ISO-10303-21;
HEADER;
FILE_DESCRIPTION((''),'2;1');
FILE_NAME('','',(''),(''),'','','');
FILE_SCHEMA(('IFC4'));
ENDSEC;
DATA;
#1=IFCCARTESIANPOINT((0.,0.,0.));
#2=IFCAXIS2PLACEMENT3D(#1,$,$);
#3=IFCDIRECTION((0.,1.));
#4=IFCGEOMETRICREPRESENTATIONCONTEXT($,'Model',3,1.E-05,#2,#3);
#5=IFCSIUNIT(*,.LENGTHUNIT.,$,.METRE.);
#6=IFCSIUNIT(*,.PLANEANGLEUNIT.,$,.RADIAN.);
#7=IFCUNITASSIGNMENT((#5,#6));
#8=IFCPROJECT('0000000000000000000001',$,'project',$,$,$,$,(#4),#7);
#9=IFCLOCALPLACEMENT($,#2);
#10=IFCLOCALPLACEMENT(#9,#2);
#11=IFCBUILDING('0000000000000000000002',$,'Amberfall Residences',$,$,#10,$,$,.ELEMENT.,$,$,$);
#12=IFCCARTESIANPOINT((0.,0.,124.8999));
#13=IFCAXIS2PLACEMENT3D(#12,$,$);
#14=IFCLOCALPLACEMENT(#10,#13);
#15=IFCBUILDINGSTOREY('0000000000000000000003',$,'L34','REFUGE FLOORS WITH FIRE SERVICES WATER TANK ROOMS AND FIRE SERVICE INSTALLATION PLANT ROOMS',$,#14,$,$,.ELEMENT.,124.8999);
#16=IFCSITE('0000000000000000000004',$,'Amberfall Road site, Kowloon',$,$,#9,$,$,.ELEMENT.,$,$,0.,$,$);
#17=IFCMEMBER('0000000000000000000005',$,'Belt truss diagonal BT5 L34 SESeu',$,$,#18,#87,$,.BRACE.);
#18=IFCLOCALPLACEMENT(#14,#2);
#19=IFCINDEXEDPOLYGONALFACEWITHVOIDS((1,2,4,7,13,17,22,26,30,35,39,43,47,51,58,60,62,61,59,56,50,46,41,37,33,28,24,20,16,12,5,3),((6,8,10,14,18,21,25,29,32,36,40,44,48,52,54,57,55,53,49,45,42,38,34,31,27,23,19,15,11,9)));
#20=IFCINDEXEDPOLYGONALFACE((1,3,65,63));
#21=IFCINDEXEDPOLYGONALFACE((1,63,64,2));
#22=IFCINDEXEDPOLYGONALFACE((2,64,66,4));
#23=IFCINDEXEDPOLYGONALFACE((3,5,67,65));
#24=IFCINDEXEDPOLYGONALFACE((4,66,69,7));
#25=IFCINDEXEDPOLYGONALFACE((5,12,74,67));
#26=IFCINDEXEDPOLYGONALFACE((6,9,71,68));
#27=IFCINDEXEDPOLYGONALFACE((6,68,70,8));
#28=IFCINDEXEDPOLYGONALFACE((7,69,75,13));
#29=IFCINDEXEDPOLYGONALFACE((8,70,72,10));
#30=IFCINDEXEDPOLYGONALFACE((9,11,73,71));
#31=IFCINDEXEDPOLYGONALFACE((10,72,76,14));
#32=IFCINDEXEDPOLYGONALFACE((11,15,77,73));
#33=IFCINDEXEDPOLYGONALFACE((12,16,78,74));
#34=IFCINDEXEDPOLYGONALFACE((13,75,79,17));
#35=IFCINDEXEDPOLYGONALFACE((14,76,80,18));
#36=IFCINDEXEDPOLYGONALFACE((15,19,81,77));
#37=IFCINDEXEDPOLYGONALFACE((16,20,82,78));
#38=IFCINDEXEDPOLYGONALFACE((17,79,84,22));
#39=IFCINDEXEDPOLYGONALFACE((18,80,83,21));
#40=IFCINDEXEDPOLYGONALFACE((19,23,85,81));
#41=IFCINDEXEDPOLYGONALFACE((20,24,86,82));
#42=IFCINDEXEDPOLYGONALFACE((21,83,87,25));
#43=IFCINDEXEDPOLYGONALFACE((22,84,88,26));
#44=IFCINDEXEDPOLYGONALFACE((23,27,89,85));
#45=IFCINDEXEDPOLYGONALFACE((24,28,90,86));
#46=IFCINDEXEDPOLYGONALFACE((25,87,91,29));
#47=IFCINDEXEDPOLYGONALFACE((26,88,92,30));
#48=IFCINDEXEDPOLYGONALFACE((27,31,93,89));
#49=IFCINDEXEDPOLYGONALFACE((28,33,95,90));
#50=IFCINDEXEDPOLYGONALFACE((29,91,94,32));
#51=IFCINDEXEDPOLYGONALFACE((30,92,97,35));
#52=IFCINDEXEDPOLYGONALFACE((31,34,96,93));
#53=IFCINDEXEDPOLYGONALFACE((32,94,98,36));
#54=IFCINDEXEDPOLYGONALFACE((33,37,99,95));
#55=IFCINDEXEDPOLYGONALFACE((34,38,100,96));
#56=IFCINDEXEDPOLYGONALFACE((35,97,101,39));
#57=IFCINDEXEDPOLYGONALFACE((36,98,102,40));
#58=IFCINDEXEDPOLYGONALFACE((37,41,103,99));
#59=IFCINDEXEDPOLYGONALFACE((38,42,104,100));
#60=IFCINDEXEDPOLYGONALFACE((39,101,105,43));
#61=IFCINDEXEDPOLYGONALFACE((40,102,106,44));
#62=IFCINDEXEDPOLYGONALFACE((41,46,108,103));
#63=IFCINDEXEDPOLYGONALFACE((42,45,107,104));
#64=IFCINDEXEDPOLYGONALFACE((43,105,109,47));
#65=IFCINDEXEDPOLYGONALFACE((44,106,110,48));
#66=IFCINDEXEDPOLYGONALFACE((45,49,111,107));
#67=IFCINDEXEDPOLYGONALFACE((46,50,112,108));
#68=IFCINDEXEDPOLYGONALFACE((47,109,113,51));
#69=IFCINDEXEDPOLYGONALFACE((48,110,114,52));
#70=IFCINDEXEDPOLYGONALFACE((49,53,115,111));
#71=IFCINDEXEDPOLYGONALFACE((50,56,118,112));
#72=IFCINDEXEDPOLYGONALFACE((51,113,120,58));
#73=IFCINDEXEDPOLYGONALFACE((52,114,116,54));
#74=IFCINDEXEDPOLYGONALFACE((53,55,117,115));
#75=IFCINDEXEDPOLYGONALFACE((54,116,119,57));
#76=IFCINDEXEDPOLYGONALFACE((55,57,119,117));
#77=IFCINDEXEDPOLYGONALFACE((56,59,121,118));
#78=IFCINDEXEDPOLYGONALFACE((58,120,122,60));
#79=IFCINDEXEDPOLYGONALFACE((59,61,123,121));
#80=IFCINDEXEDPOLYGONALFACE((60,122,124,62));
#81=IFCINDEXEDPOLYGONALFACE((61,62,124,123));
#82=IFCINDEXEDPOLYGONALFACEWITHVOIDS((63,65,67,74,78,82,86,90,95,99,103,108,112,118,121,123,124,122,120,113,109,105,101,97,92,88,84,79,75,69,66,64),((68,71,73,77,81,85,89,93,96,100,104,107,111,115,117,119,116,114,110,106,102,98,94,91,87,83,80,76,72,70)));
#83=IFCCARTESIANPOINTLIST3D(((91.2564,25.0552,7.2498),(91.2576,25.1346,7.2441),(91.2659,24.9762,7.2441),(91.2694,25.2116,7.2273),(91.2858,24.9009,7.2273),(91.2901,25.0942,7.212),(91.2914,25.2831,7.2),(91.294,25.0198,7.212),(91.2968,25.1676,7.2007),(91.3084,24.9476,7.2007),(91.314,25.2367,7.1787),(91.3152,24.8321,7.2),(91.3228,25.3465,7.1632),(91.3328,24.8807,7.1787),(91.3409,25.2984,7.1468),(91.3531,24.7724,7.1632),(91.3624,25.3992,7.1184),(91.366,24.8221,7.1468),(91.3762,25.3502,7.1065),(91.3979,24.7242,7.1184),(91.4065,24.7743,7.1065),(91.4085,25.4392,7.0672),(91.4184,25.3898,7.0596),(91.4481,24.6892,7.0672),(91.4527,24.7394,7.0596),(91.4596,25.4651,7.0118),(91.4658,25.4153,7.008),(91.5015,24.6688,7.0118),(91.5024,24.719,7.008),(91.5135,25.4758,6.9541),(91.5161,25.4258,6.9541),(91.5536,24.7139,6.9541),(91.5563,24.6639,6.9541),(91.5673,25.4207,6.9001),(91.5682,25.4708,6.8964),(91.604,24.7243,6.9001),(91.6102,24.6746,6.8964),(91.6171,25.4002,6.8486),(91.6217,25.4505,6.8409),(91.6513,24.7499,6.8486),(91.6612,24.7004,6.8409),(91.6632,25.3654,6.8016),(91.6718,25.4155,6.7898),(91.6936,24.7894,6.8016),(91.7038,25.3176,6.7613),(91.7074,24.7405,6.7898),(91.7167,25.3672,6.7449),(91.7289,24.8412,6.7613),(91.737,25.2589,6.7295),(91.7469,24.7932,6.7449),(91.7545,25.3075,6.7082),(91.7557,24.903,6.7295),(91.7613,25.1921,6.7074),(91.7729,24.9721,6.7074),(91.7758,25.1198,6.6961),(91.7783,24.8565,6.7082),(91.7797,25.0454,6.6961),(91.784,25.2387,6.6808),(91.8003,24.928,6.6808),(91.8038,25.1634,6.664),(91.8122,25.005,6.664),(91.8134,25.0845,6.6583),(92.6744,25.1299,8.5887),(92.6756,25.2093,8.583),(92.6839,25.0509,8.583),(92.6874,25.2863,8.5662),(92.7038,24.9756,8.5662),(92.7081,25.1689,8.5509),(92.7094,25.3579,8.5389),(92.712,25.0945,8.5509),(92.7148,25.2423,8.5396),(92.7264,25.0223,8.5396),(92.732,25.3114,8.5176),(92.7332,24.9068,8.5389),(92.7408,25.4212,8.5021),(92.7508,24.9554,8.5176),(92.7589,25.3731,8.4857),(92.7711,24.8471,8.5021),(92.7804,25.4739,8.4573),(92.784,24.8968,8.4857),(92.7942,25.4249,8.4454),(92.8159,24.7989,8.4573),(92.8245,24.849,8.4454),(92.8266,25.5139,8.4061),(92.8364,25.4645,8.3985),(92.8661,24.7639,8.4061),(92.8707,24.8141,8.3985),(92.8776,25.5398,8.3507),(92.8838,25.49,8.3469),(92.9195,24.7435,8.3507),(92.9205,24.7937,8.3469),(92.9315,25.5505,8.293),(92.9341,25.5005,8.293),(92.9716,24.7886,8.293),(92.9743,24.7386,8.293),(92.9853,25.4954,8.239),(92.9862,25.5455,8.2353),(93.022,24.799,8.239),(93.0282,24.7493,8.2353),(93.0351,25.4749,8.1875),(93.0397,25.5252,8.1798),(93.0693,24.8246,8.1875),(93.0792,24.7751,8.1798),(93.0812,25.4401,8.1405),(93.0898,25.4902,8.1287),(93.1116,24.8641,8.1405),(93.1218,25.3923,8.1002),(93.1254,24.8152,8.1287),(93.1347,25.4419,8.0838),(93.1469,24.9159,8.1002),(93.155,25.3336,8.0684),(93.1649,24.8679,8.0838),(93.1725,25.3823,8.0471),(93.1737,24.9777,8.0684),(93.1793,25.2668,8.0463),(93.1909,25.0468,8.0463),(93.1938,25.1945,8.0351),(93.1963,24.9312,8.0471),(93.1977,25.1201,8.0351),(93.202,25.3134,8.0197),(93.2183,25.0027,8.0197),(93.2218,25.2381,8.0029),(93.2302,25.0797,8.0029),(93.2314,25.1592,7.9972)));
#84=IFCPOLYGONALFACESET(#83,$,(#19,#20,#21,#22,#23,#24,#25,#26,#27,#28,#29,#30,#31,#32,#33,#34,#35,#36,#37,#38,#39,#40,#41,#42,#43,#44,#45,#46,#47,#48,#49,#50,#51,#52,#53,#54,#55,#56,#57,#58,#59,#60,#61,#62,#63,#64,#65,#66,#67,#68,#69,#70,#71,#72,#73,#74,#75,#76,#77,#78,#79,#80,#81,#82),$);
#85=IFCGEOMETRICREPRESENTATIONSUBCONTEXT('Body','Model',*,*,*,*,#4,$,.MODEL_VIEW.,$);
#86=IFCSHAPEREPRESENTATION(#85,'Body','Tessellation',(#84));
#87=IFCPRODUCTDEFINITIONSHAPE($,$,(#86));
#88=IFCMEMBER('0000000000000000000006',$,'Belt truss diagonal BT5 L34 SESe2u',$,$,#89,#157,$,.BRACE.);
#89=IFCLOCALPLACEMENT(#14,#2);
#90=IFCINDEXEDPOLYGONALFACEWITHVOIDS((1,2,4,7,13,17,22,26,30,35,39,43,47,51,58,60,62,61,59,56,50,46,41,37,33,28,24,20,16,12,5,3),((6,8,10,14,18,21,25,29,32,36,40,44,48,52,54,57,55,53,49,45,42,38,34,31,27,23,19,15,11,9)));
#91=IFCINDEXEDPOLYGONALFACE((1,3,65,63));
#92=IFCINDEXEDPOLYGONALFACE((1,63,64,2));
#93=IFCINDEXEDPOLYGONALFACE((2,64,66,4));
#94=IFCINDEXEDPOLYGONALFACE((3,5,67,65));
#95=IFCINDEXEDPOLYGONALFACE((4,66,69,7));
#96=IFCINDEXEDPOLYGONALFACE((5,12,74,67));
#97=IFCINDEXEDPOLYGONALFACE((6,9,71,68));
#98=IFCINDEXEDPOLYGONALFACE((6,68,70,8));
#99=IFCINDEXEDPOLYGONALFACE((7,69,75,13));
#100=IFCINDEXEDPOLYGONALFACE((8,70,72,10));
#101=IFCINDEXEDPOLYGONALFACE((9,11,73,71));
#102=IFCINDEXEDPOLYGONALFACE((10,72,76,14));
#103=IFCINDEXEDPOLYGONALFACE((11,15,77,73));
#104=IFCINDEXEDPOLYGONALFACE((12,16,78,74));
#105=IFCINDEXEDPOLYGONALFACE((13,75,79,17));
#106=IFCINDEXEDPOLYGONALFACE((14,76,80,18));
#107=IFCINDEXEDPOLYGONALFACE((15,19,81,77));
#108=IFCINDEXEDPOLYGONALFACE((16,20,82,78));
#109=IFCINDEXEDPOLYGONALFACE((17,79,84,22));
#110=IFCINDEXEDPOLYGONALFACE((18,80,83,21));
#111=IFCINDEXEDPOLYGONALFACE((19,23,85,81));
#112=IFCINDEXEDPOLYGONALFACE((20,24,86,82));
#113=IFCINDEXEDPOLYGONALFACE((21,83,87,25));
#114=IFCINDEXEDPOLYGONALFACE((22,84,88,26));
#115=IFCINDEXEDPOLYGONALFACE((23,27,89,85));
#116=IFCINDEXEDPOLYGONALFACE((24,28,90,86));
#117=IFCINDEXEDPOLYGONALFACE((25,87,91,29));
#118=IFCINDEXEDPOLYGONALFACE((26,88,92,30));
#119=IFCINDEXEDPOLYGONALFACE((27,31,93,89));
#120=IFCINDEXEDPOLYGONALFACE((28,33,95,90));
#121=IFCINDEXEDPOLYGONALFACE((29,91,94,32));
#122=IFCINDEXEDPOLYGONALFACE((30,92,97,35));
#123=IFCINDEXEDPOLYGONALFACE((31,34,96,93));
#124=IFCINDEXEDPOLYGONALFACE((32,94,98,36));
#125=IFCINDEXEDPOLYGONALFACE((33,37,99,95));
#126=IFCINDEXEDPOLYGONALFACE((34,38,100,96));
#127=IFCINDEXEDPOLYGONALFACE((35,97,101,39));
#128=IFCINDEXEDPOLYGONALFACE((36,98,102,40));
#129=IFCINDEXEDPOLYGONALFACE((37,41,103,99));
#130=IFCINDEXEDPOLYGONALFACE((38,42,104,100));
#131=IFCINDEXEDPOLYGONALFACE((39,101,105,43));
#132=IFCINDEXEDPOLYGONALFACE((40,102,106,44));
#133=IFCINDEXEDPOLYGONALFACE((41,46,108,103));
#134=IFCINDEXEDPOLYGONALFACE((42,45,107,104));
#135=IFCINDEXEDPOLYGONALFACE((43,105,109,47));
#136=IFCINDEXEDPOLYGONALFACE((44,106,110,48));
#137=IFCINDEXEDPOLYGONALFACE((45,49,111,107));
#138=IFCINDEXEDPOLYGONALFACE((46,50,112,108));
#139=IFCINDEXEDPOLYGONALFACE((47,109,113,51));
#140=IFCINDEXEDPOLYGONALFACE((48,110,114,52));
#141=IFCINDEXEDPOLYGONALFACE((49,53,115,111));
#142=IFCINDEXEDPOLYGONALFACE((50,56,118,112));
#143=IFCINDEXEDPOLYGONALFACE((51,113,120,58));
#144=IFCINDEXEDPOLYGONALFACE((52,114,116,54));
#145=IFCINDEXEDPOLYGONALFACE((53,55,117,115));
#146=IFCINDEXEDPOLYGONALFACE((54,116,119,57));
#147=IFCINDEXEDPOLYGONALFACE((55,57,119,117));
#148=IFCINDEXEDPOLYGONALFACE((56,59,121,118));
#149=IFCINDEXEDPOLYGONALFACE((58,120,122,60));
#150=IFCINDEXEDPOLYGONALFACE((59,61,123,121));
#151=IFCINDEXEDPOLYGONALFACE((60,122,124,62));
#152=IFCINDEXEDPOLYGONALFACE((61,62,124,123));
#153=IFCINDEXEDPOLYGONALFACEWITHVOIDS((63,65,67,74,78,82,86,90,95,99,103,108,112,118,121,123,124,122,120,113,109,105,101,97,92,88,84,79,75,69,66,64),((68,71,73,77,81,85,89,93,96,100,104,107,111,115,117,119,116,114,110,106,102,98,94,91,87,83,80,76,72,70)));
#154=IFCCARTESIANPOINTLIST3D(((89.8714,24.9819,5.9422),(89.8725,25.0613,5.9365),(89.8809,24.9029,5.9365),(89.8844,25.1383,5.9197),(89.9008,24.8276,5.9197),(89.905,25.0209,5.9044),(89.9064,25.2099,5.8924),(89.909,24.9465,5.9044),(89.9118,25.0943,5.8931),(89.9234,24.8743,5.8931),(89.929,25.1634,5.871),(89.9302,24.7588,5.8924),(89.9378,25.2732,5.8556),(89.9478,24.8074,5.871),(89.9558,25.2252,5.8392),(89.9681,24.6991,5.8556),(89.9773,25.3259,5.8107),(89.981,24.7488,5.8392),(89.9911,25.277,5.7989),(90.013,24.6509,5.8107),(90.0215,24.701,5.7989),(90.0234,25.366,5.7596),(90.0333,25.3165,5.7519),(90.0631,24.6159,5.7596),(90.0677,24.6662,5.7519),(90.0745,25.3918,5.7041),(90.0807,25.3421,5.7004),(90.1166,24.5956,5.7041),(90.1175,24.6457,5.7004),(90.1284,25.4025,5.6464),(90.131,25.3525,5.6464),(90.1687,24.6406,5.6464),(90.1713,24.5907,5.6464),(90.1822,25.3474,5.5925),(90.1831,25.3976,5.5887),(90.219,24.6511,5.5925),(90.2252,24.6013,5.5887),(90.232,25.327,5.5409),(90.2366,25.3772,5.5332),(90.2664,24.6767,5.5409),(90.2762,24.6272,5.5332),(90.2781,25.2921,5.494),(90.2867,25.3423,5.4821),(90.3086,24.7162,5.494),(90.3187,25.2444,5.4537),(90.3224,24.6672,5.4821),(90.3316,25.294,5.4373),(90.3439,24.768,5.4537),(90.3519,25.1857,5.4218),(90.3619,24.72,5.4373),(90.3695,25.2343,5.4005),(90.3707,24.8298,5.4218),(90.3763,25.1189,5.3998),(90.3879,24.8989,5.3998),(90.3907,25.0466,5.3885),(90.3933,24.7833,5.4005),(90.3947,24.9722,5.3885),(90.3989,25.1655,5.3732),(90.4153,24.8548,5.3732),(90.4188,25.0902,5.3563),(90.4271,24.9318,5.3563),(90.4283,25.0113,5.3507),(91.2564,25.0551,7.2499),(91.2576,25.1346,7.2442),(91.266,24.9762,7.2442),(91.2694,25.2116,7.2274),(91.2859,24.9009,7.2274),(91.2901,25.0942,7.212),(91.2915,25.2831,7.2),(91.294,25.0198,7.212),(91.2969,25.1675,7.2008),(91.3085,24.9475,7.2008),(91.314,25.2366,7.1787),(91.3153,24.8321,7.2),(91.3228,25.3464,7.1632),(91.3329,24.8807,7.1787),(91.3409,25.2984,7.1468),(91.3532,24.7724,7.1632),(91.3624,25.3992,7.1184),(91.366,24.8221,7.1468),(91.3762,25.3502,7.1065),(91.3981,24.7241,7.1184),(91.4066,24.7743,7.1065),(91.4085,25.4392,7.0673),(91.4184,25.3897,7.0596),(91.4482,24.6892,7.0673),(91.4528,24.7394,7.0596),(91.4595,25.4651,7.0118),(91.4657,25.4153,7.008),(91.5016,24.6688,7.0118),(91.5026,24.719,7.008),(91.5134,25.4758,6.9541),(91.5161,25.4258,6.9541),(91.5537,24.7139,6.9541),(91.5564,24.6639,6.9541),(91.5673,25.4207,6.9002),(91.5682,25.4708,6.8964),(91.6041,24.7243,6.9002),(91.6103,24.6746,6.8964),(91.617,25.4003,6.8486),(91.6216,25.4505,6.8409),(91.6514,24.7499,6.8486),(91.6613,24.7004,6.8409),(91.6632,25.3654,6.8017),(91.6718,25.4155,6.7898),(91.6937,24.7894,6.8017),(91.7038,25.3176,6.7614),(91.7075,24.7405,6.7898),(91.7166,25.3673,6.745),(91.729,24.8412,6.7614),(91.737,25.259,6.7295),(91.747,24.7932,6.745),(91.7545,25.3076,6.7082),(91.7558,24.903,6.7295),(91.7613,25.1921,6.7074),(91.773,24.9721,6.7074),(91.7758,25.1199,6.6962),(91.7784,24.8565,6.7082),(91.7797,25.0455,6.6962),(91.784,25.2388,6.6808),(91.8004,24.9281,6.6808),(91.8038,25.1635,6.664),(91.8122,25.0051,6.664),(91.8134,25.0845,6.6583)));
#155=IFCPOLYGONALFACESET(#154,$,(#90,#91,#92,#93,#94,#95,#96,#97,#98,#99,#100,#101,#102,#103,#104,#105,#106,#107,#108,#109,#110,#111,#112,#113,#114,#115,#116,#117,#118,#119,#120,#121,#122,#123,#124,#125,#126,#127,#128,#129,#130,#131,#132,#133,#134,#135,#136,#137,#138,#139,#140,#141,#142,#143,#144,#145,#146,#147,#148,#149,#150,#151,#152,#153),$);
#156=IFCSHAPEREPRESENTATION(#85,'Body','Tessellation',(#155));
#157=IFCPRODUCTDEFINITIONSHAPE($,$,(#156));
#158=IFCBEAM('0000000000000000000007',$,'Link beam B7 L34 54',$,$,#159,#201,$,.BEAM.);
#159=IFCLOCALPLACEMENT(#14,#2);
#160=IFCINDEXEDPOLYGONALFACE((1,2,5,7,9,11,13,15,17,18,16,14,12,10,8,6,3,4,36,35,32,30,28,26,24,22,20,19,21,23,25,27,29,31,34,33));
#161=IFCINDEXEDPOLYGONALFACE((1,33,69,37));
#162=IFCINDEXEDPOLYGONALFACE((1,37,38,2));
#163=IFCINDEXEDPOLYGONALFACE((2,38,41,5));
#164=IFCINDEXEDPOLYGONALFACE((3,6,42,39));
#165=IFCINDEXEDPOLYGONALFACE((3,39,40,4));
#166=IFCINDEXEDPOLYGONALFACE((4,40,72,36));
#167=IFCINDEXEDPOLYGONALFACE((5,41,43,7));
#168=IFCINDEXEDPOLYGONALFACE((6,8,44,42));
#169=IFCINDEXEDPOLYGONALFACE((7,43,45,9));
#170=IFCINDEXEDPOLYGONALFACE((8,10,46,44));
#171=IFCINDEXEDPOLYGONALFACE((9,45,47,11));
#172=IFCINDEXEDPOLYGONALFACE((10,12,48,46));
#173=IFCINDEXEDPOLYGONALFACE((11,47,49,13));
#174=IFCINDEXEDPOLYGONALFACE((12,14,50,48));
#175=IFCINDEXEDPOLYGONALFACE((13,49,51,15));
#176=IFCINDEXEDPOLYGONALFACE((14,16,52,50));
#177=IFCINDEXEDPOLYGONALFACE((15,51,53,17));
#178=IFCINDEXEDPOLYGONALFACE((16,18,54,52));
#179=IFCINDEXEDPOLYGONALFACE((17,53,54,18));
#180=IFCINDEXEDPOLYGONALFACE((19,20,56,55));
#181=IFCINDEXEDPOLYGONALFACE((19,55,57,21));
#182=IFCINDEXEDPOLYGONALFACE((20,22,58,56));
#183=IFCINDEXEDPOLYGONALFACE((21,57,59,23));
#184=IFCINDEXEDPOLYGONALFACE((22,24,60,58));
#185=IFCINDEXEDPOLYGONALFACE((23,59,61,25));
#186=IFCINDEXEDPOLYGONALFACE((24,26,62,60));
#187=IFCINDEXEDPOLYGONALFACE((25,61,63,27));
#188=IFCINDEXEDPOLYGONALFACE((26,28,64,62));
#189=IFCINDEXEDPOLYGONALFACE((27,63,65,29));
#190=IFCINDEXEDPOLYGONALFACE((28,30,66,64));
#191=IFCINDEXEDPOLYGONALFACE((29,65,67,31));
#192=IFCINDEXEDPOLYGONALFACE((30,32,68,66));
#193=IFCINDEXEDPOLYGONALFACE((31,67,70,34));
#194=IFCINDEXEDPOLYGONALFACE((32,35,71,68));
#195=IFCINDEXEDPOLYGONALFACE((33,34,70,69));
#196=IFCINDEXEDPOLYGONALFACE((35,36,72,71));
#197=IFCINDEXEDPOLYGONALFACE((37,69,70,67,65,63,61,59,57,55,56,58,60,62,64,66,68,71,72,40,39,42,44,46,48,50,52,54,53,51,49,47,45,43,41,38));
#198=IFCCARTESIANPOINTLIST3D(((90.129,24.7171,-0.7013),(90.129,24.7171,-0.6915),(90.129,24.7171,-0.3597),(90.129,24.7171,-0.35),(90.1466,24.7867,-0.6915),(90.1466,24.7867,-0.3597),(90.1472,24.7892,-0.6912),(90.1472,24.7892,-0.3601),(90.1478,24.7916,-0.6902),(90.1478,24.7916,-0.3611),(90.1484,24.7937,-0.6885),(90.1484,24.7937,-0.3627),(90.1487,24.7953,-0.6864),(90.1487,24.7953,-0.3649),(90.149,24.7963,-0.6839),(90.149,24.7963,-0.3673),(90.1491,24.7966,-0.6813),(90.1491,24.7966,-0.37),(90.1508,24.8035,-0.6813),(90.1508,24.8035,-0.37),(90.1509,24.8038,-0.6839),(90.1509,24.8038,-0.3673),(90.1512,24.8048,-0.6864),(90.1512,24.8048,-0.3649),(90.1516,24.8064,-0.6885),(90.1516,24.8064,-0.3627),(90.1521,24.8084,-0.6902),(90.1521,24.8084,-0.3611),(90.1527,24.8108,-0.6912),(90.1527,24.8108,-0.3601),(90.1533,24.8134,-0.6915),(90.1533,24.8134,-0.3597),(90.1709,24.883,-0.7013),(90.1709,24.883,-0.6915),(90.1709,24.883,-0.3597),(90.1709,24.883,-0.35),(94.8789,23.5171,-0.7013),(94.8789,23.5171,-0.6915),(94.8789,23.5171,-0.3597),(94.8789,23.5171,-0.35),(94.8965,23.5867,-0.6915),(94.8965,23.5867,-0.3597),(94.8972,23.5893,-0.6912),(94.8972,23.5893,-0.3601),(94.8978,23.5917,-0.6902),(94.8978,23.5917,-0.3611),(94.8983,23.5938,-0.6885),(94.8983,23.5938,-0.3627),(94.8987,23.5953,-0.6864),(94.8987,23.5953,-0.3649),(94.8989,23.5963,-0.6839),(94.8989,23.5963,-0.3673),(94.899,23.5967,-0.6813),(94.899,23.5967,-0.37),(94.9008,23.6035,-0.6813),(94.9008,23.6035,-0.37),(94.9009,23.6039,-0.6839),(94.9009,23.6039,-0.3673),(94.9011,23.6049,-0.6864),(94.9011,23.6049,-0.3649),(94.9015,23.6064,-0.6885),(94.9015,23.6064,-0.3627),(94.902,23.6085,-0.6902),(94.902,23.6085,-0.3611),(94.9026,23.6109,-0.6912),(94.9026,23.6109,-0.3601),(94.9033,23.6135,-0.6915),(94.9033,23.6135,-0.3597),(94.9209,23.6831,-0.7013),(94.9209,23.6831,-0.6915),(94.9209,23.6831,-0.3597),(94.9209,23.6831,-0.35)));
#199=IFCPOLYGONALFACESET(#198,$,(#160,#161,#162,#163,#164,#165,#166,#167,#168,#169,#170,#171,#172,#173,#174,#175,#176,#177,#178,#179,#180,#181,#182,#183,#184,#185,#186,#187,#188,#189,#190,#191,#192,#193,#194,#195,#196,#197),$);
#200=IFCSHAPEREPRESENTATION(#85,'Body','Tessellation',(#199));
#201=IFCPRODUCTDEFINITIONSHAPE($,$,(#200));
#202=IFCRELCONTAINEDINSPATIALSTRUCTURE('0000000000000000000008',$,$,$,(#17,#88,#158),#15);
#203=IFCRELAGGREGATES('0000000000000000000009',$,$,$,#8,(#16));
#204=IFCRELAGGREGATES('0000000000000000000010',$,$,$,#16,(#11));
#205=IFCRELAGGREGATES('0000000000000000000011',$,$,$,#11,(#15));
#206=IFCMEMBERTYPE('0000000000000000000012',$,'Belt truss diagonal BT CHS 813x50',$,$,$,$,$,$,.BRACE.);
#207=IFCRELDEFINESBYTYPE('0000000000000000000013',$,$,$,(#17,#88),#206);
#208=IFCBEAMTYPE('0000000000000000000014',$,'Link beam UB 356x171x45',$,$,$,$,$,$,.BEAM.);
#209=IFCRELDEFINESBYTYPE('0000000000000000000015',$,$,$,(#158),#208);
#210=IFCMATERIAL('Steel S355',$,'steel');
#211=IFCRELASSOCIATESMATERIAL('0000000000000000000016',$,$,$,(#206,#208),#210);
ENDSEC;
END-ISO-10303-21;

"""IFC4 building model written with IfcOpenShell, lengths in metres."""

from ifc_helpers import new_model, si_unit, direction, frame, origin, origin_2d, place, context, subcontext, project, spatial, hollow_circle, i_section, extrude, material, material_profile, profile_set, type_object, element, save


model = new_model("IFC4")

# Units and contexts
model_context = context("Model", 3, precision=1e-05, world=origin(), true_north=direction((0.0, 1.0)))
body_context = subcontext(model_context, "Body", "Model", "MODEL_VIEW")
ifc_project = project(units=[si_unit("LENGTHUNIT", "METRE"), si_unit("PLANEANGLEUNIT", "RADIAN")], contexts=[model_context])

# Site, building, storey
site_placement = place(None, origin())
site = spatial("IfcSite", under=ifc_project, at=site_placement, Name="Amberfall Road site, Kowloon", CompositionType="ELEMENT", RefElevation=0.0)
building_placement = place(site_placement, origin())
building = spatial("IfcBuilding", under=site, at=building_placement, Name="Amberfall Residences", CompositionType="ELEMENT")
storey_placement = place(building_placement, frame((0.0, 0.0, 124.8999)))
storey = spatial("IfcBuildingStorey", under=building, at=storey_placement, Name="L34", Description="REFUGE FLOORS WITH FIRE SERVICES WATER TANK ROOMS AND FIRE SERVICE INSTALLATION PLANT ROOMS", CompositionType="ELEMENT", Elevation=124.8999)

# Shared definitions
ifc_material_1 = material(Name="Steel S355", Category="steel")

# Members
ifc_material_profile_1 = material_profile(ifc_material_1, hollow_circle(Radius=0.4065, WallThickness=0.05, at=origin_2d()), Name="CHS 813x50")
ifc_profile_set_1 = profile_set([ifc_material_profile_1], Name="Steel S355")
member_type = type_object("IfcMemberType", Name="Belt truss diagonal BT CHS 813x50", PredefinedType="BRACE", material=ifc_profile_set_1)
member_1_placement = place(storey_placement, frame((92.9529, 25.1445, 8.293), z_axis=(-0.726564, -0.03828, -0.686032), x_axis=(0.052613, -0.998615, 0.0)))
element("IfcMember", 1, at=member_1_placement, inside=storey, type_object=member_type, Name="Belt truss diagonal BT5 L34 SESeu", PredefinedType="BRACE", context=body_context, shape_type="SweptSolid", body=[
    extrude(hollow_circle(Radius=0.4065, WallThickness=0.05, at=origin_2d()), origin(), (0.0, 0.0, 1.0), 1.9517),
])
member_2_placement = place(storey_placement, frame((91.5349, 25.0698, 6.9541), z_axis=(-0.726593, -0.038424, -0.685992), x_axis=(0.052808, -0.998605, 0.0)))
element("IfcMember", 2, at=member_2_placement, inside=storey, type_object=member_type, Name="Belt truss diagonal BT5 L34 SESe2u", PredefinedType="BRACE", context=body_context, shape_type="SweptSolid", body=[
    extrude(hollow_circle(Radius=0.4065, WallThickness=0.05, at=origin_2d()), origin(), (0.0, 0.0, 1.0), 1.9062),
])

# Beam
ifc_material_profile_2 = material_profile(ifc_material_1, i_section(OverallWidth=0.1711, OverallDepth=0.3513, WebThickness=0.0071, FlangeThickness=0.0098, FilletRadius=0.0103, at=origin_2d()), Name="UB 356x171x45")
ifc_profile_set_2 = profile_set([ifc_material_profile_2], Name="Steel S355")
beam_type_1 = type_object("IfcBeamType", Name="Link beam UB 356x171x45", PredefinedType="BEAM", material=ifc_profile_set_2)
beam_1_placement = place(storey_placement, frame((94.8999, 23.6001, -0.5256), z_axis=(-0.969542, 0.244927, 0.0), x_axis=(-0.244927, -0.969542, 0.0)))
element("IfcBeam", 3, at=beam_1_placement, inside=storey, type_object=beam_type_1, Name="Link beam B7 L34 54", PredefinedType="BEAM", context=body_context, shape_type="SweptSolid", body=[
    extrude(i_section(OverallWidth=0.1711, OverallDepth=0.3513, WebThickness=0.0071, FlangeThickness=0.0098, FilletRadius=0.0103, at=origin_2d()), origin(), (0.0, 0.0, 1.0), 4.8992),
])

save(model, "model.ifc")
